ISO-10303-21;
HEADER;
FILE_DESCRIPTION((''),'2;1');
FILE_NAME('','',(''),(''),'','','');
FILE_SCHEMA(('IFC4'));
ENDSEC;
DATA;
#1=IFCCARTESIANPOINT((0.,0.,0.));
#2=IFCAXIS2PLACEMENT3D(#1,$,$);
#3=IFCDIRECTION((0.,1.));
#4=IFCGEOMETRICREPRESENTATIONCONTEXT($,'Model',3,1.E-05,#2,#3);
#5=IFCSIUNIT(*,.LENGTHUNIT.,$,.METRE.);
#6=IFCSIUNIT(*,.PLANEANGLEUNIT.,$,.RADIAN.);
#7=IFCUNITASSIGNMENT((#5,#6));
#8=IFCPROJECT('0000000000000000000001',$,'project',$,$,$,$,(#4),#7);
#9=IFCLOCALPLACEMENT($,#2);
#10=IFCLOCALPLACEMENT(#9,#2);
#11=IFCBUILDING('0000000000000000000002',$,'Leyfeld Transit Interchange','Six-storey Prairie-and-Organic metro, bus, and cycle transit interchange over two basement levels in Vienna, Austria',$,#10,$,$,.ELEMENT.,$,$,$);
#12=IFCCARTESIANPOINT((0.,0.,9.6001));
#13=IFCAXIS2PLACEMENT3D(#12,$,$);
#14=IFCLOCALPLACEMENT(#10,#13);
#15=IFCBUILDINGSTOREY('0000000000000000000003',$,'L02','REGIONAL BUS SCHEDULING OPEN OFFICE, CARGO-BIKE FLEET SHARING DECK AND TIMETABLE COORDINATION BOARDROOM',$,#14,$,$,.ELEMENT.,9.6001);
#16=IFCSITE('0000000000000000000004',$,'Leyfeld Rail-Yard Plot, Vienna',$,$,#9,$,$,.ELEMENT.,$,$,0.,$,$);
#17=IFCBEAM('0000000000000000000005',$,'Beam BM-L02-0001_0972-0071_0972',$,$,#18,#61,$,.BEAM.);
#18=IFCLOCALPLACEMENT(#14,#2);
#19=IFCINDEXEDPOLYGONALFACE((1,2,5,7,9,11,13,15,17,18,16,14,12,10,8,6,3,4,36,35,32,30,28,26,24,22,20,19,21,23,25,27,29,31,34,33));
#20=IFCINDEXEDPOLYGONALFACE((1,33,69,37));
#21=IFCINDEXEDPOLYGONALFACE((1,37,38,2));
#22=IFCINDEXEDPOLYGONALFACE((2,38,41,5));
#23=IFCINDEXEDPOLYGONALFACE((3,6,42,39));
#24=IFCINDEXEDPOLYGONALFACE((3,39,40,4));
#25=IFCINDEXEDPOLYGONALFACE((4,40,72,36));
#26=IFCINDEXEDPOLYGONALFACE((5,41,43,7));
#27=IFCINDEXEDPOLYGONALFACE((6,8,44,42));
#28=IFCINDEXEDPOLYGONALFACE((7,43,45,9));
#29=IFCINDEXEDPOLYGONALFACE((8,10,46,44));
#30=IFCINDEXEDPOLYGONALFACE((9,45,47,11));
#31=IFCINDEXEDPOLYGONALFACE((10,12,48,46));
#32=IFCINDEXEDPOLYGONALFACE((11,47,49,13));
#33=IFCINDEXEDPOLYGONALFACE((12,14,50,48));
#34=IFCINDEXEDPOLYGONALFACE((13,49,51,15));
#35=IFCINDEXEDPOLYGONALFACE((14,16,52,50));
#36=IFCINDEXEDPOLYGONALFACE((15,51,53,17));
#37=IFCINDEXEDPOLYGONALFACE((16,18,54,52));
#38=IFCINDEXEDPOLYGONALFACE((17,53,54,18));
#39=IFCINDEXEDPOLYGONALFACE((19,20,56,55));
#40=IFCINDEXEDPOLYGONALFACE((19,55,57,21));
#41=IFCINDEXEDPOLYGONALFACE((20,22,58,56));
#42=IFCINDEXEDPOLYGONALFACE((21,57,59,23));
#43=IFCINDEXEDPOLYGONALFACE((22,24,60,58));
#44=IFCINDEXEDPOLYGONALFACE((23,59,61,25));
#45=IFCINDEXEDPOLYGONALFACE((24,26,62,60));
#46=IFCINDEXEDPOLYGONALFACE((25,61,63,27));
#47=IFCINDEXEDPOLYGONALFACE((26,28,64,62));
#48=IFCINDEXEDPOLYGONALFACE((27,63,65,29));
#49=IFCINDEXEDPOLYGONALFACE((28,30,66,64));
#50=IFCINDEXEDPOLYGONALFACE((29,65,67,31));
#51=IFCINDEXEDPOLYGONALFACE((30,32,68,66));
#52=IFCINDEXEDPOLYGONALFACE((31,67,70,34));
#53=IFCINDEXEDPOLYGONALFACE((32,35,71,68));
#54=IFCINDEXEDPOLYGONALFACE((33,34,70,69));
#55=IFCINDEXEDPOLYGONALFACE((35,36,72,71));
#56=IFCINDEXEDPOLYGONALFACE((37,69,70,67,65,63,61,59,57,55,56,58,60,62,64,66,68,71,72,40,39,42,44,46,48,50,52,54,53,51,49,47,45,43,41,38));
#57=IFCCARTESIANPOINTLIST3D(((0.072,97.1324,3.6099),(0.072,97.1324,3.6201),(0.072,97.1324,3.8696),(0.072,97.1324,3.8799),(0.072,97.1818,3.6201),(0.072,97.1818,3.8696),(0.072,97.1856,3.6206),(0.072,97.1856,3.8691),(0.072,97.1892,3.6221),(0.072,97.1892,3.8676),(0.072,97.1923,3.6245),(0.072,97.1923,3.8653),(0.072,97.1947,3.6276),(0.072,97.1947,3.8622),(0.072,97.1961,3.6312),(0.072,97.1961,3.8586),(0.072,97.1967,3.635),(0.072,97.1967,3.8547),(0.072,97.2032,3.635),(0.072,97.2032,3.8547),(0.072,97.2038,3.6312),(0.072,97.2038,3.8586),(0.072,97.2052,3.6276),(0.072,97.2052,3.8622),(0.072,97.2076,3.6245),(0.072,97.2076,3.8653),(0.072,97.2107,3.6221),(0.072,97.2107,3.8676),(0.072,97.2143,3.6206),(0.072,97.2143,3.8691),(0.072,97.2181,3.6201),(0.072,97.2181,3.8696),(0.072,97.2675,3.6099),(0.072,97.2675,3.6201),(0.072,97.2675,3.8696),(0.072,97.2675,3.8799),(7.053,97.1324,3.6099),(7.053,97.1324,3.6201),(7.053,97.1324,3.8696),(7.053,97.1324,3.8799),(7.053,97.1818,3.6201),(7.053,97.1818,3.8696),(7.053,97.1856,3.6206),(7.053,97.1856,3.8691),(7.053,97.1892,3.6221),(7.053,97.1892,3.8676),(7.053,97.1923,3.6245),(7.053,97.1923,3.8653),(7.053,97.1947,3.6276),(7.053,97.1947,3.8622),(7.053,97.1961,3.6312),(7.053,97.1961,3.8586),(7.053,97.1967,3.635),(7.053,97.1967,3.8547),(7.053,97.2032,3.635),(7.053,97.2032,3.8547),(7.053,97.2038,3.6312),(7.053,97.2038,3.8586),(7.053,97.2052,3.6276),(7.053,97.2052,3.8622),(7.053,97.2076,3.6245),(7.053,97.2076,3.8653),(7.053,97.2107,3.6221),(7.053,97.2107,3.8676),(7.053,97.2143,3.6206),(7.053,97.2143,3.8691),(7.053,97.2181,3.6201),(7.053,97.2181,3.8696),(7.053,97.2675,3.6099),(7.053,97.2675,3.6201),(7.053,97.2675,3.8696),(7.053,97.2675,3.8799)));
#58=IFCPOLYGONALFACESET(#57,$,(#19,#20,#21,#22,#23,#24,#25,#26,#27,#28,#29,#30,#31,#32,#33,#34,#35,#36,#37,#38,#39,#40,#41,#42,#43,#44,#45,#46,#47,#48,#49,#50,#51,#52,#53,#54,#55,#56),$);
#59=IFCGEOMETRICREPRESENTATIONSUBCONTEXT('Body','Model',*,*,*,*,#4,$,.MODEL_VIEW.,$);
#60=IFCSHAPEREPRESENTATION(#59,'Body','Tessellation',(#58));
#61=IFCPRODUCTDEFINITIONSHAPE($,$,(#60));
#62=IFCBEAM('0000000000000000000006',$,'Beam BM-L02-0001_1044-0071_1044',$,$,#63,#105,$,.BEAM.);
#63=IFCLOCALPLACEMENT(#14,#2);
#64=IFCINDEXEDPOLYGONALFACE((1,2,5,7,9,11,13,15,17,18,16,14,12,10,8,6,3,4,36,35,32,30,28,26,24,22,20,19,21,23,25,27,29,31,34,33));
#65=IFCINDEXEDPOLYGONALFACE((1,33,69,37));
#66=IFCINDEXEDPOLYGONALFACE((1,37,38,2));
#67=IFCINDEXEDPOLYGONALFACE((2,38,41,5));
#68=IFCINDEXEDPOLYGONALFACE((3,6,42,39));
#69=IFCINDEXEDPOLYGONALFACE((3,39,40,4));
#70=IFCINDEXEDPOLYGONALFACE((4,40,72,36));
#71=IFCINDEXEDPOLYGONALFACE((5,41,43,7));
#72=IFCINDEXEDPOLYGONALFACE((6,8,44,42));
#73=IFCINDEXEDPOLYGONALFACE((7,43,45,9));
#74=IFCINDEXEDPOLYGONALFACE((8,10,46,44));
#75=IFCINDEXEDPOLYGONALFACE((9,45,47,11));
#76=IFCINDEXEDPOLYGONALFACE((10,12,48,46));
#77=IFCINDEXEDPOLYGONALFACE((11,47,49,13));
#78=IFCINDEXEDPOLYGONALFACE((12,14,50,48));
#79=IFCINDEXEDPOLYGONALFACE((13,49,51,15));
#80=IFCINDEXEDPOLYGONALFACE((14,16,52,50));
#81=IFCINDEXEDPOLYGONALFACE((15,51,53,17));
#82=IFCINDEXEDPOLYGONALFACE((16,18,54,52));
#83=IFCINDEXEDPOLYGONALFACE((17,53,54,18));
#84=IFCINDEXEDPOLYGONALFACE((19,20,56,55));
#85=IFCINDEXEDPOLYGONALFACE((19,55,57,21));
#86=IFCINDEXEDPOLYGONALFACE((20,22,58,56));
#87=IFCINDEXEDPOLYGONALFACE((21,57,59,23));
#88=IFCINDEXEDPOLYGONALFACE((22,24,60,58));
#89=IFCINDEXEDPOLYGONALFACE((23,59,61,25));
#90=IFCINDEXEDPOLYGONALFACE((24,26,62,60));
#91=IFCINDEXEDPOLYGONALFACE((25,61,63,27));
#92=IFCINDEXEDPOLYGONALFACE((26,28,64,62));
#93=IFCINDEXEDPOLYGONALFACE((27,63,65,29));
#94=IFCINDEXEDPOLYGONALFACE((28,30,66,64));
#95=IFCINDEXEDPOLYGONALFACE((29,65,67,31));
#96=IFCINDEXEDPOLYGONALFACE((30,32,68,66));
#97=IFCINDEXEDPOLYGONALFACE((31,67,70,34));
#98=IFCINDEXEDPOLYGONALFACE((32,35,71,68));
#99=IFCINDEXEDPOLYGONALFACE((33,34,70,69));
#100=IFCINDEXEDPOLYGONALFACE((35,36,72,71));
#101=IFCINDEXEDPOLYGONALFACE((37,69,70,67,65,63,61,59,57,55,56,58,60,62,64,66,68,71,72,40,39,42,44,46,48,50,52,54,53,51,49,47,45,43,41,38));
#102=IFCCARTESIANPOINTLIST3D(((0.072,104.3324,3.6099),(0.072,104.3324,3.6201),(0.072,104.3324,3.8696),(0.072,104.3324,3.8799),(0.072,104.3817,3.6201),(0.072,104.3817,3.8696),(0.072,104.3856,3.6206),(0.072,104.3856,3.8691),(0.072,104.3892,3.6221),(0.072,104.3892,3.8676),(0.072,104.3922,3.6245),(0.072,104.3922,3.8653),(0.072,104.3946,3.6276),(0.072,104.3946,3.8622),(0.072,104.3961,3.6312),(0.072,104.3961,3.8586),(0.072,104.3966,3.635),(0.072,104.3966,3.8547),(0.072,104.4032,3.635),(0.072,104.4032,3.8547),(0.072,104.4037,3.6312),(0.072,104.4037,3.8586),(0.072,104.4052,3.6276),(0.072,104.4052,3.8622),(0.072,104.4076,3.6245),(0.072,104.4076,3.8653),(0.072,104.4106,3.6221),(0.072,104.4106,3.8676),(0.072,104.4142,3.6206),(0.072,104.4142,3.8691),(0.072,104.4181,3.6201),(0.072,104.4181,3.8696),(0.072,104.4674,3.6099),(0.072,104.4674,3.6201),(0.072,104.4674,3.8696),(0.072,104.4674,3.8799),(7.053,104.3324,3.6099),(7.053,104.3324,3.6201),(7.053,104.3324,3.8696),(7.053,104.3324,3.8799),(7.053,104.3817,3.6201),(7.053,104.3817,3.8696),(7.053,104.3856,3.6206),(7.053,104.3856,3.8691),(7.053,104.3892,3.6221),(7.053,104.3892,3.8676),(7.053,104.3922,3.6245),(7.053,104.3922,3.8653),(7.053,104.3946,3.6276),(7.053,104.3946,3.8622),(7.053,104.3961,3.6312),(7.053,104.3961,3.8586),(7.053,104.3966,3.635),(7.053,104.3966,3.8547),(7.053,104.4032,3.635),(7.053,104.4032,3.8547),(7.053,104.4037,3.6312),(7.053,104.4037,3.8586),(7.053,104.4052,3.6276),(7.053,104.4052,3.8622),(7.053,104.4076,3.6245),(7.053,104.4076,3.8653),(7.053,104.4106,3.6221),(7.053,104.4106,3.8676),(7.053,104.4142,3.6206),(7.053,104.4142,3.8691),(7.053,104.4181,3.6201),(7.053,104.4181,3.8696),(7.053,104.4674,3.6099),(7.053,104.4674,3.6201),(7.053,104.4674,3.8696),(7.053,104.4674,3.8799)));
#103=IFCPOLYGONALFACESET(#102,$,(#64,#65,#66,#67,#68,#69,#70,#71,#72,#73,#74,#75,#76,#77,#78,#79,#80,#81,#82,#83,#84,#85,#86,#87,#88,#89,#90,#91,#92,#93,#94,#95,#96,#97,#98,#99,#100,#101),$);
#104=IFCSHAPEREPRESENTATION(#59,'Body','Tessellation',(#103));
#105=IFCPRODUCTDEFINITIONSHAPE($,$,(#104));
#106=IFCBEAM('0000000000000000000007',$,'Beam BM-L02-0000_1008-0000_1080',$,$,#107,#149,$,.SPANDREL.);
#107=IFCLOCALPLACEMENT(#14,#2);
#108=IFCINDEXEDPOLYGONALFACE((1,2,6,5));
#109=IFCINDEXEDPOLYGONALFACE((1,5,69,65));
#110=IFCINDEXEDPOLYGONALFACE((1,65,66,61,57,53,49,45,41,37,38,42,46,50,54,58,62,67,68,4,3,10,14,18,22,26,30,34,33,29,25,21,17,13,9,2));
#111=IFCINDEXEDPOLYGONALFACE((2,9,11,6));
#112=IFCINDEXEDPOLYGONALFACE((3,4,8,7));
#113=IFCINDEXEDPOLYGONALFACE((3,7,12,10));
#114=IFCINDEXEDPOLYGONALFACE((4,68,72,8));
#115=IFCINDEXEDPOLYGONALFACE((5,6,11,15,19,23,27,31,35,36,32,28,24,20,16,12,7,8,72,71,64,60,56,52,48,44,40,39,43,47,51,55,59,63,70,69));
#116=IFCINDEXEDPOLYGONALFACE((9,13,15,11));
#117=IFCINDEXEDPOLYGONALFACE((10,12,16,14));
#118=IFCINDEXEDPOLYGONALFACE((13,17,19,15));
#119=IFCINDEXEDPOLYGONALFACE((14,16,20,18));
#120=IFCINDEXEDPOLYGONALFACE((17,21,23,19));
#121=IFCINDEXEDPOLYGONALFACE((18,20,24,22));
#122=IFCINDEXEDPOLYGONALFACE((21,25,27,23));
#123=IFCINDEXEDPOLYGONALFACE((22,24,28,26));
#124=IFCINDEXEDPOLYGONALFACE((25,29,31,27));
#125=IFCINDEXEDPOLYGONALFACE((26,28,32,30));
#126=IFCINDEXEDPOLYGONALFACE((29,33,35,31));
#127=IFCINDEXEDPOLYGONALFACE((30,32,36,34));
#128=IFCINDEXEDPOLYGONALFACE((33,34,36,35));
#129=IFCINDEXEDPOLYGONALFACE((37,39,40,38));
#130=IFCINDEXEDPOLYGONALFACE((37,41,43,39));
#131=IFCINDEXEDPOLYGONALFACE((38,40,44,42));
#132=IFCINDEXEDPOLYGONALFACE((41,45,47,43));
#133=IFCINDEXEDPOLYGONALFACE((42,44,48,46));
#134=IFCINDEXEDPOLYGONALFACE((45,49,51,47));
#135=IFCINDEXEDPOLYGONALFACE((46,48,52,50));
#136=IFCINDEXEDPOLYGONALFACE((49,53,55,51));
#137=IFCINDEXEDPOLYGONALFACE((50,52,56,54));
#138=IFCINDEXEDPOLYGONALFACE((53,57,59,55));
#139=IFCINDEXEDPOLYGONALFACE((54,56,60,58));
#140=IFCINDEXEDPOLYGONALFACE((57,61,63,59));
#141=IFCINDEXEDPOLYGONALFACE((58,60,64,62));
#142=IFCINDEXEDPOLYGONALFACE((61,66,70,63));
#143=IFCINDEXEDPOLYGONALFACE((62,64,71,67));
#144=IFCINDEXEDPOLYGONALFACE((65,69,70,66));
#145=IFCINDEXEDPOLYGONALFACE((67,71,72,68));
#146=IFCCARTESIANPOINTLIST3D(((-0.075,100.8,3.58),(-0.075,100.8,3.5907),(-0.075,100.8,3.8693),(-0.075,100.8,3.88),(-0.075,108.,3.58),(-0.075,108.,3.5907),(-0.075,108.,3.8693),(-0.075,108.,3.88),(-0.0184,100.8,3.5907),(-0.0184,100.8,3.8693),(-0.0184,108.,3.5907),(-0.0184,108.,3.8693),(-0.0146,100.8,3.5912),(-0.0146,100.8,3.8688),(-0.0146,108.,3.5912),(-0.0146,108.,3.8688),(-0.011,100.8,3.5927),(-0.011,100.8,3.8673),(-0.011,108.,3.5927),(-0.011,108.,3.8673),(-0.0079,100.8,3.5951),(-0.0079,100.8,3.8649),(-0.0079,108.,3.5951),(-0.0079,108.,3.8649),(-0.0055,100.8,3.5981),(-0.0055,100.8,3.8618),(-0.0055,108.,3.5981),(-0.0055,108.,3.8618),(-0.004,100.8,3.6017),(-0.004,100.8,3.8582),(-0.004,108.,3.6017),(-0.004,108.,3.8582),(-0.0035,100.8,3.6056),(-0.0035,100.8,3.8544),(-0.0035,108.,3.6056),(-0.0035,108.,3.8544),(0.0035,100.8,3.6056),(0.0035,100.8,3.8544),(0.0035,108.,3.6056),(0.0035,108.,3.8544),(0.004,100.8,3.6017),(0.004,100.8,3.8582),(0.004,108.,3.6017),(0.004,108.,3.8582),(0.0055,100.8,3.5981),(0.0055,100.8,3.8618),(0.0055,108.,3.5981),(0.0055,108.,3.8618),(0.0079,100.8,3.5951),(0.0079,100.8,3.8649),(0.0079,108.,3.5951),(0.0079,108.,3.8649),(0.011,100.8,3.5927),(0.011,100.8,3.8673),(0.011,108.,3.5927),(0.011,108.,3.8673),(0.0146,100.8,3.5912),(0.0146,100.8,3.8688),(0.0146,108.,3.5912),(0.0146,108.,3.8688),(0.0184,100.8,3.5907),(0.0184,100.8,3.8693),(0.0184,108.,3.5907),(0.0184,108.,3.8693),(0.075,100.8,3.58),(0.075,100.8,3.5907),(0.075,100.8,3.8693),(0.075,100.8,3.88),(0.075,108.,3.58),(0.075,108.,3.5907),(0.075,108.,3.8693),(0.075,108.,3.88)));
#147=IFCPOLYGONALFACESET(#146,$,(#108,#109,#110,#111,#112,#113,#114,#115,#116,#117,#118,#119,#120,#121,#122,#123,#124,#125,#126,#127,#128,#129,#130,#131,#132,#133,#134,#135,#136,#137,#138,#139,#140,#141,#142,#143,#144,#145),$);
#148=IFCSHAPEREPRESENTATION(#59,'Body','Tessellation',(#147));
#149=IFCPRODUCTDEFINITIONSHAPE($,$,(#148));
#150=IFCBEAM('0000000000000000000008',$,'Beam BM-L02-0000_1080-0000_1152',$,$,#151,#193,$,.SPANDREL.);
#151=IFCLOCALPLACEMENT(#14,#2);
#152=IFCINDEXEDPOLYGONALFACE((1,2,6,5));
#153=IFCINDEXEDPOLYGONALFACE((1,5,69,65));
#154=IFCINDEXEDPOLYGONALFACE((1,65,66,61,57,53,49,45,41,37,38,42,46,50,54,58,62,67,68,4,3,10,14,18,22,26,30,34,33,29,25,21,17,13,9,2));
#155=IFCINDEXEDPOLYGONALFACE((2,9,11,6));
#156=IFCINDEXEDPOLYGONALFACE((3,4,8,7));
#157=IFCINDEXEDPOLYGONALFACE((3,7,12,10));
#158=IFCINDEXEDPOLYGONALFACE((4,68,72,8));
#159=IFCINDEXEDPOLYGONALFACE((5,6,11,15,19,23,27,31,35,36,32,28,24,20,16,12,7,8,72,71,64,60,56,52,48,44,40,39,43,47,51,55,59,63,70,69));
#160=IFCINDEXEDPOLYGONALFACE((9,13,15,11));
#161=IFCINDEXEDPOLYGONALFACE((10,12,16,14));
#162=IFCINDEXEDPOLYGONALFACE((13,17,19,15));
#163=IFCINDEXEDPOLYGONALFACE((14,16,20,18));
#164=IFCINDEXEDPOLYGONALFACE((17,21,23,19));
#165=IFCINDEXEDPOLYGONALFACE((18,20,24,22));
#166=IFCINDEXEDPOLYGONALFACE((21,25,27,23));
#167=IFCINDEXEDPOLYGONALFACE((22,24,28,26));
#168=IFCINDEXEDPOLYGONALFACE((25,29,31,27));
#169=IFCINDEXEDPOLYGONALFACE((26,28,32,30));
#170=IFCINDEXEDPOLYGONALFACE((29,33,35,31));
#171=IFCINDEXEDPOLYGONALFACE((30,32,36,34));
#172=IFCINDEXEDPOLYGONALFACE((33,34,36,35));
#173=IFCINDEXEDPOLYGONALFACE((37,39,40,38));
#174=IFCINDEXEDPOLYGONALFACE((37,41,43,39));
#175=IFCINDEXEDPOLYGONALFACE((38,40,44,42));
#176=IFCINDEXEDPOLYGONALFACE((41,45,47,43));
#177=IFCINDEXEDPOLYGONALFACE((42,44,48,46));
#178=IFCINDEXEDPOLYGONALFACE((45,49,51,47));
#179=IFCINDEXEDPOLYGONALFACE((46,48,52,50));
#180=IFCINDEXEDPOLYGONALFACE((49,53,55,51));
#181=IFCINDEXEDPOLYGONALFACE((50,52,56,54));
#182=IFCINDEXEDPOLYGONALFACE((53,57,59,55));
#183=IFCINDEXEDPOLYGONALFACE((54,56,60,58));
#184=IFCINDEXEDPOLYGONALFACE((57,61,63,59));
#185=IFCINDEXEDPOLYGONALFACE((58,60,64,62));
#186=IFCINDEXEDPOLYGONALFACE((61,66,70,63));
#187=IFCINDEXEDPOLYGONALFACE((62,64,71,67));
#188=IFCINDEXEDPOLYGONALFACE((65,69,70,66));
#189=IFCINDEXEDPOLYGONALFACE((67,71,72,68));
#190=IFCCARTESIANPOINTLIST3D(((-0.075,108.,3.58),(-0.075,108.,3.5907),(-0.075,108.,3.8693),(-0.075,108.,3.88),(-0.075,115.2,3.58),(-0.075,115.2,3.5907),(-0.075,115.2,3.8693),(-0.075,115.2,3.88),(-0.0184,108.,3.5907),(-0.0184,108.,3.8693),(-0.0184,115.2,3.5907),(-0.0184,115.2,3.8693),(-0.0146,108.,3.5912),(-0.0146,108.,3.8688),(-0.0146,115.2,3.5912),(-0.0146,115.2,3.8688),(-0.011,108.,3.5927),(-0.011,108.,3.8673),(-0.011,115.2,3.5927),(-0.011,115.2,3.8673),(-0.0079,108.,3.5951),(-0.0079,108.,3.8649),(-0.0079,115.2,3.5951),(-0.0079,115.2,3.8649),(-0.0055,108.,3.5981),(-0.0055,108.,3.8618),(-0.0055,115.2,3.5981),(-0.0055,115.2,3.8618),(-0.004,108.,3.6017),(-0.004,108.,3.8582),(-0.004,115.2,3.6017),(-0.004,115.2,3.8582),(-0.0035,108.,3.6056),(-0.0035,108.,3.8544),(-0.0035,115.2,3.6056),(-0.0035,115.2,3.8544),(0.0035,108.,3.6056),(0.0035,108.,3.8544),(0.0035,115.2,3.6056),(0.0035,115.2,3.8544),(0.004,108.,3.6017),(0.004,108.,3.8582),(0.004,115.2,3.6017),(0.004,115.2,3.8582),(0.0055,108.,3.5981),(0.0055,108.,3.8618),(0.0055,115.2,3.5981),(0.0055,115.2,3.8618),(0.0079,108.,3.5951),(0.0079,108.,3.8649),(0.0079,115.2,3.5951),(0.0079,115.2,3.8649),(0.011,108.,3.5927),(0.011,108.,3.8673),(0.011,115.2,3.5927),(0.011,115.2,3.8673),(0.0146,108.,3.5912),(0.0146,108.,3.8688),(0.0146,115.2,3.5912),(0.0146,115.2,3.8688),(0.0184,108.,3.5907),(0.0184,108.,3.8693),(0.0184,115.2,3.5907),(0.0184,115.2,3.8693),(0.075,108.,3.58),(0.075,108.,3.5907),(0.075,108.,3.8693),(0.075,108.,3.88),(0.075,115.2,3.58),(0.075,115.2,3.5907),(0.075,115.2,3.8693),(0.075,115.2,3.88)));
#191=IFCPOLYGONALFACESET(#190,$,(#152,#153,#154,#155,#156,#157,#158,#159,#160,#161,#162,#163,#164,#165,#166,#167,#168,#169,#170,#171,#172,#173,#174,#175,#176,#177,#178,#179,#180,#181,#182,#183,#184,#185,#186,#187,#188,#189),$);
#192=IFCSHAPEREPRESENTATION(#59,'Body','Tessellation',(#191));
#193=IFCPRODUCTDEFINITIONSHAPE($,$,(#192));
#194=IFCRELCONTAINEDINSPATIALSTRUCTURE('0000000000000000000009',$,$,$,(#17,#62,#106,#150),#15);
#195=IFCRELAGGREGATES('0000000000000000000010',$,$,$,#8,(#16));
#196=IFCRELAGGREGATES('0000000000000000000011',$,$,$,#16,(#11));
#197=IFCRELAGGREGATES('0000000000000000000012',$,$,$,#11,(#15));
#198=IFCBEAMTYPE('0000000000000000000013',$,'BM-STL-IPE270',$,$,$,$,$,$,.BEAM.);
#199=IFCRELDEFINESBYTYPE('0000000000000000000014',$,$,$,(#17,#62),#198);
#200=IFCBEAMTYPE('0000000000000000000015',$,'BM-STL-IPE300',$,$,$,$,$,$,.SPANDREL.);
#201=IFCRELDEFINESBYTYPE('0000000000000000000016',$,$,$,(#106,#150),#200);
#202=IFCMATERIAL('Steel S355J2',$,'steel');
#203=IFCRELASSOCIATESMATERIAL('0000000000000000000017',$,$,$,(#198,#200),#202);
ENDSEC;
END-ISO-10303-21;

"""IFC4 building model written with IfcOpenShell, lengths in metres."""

from ifc_helpers import new_model, si_unit, direction, frame, origin, origin_2d, place, context, subcontext, project, spatial, i_section, extrude, material, material_profile, profile_set, type_object, element, save


model = new_model("IFC4")

# Units and contexts
model_context = context("Model", 3, precision=1e-05, world=origin(), true_north=direction((0.0, 1.0)))
body_context = subcontext(model_context, "Body", "Model", "MODEL_VIEW")
ifc_project = project(units=[si_unit("LENGTHUNIT", "METRE"), si_unit("PLANEANGLEUNIT", "RADIAN")], contexts=[model_context])

# Site, building, storey
site_placement = place(None, origin())
site = spatial("IfcSite", under=ifc_project, at=site_placement, Name="Leyfeld Rail-Yard Plot, Vienna", CompositionType="ELEMENT", RefElevation=0.0)
building_placement = place(site_placement, origin())
building = spatial("IfcBuilding", under=site, at=building_placement, Name="Leyfeld Transit Interchange", Description="Six-storey Prairie-and-Organic metro, bus, and cycle transit interchange over two basement levels in Vienna, Austria", CompositionType="ELEMENT")
storey_placement = place(building_placement, frame((0.0, 0.0, 9.6001)))
storey = spatial("IfcBuildingStorey", under=building, at=storey_placement, Name="L02", Description="REGIONAL BUS SCHEDULING OPEN OFFICE, CARGO-BIKE FLEET SHARING DECK AND TIMETABLE COORDINATION BOARDROOM", CompositionType="ELEMENT", Elevation=9.6001)

# Beams
ifc_material_1 = material(Name="Steel S355J2", Category="steel")
ifc_material_profile_1 = material_profile(ifc_material_1, i_section(OverallWidth=0.135, OverallDepth=0.27, WebThickness=0.0066, FlangeThickness=0.0103, FilletRadius=0.0149, at=origin_2d()), Name="IPE 270")
ifc_profile_set_1 = profile_set([ifc_material_profile_1], Name="Steel S355J2")
beam_type_1 = type_object("IfcBeamType", Name="BM-STL-IPE270", PredefinedType="BEAM", material=ifc_profile_set_1)
for number, where, z_axis, x_axis, name in (
    (1, (0.072, 97.2, 3.7449), (1.0, 0.0, 0.0), (0.0, 1.0, 0.0), "Beam BM-L02-0001_0972-0071_0972"),
    (2, (0.072, 104.3999, 3.7449), (1.0, 0.0, 0.0), (0.0, 1.0, 0.0), "Beam BM-L02-0001_1044-0071_1044"),
):
    element("IfcBeam", number, at=place(storey_placement, frame(where, z_axis=z_axis, x_axis=x_axis)), inside=storey, type_object=beam_type_1, Name=name, PredefinedType="BEAM", context=body_context, shape_type="SweptSolid", body=[
        extrude(i_section(OverallWidth=0.135, OverallDepth=0.27, WebThickness=0.0066, FlangeThickness=0.0103, FilletRadius=0.0149, at=origin_2d()), origin(), (0.0, 0.0, 1.0), 6.981),
    ])
ifc_material_profile_2 = material_profile(ifc_material_1, i_section(OverallWidth=0.1499, OverallDepth=0.3, WebThickness=0.0071, FlangeThickness=0.0107, FilletRadius=0.0149, at=origin_2d()), Name="IPE 300")
ifc_profile_set_2 = profile_set([ifc_material_profile_2], Name="Steel S355J2")
beam_type_2 = type_object("IfcBeamType", Name="BM-STL-IPE300", PredefinedType="SPANDREL", material=ifc_profile_set_2)
for number, where, z_axis, x_axis, name in (
    (3, (0.0, 100.8, 3.73), (0.0, 1.0, 0.0), (-1.0, 0.0, 0.0), "Beam BM-L02-0000_1008-0000_1080"),
    (4, (0.0, 108.0, 3.73), (0.0, 1.0, 0.0), (-1.0, 0.0, 0.0), "Beam BM-L02-0000_1080-0000_1152"),
):
    element("IfcBeam", number, at=place(storey_placement, frame(where, z_axis=z_axis, x_axis=x_axis)), inside=storey, type_object=beam_type_2, Name=name, PredefinedType="SPANDREL", context=body_context, shape_type="SweptSolid", body=[
        extrude(i_section(OverallWidth=0.1499, OverallDepth=0.3, WebThickness=0.0071, FlangeThickness=0.0107, FilletRadius=0.0149, at=origin_2d()), origin(), (0.0, 0.0, 1.0), 7.2),
    ])

save(model, "model.ifc")
